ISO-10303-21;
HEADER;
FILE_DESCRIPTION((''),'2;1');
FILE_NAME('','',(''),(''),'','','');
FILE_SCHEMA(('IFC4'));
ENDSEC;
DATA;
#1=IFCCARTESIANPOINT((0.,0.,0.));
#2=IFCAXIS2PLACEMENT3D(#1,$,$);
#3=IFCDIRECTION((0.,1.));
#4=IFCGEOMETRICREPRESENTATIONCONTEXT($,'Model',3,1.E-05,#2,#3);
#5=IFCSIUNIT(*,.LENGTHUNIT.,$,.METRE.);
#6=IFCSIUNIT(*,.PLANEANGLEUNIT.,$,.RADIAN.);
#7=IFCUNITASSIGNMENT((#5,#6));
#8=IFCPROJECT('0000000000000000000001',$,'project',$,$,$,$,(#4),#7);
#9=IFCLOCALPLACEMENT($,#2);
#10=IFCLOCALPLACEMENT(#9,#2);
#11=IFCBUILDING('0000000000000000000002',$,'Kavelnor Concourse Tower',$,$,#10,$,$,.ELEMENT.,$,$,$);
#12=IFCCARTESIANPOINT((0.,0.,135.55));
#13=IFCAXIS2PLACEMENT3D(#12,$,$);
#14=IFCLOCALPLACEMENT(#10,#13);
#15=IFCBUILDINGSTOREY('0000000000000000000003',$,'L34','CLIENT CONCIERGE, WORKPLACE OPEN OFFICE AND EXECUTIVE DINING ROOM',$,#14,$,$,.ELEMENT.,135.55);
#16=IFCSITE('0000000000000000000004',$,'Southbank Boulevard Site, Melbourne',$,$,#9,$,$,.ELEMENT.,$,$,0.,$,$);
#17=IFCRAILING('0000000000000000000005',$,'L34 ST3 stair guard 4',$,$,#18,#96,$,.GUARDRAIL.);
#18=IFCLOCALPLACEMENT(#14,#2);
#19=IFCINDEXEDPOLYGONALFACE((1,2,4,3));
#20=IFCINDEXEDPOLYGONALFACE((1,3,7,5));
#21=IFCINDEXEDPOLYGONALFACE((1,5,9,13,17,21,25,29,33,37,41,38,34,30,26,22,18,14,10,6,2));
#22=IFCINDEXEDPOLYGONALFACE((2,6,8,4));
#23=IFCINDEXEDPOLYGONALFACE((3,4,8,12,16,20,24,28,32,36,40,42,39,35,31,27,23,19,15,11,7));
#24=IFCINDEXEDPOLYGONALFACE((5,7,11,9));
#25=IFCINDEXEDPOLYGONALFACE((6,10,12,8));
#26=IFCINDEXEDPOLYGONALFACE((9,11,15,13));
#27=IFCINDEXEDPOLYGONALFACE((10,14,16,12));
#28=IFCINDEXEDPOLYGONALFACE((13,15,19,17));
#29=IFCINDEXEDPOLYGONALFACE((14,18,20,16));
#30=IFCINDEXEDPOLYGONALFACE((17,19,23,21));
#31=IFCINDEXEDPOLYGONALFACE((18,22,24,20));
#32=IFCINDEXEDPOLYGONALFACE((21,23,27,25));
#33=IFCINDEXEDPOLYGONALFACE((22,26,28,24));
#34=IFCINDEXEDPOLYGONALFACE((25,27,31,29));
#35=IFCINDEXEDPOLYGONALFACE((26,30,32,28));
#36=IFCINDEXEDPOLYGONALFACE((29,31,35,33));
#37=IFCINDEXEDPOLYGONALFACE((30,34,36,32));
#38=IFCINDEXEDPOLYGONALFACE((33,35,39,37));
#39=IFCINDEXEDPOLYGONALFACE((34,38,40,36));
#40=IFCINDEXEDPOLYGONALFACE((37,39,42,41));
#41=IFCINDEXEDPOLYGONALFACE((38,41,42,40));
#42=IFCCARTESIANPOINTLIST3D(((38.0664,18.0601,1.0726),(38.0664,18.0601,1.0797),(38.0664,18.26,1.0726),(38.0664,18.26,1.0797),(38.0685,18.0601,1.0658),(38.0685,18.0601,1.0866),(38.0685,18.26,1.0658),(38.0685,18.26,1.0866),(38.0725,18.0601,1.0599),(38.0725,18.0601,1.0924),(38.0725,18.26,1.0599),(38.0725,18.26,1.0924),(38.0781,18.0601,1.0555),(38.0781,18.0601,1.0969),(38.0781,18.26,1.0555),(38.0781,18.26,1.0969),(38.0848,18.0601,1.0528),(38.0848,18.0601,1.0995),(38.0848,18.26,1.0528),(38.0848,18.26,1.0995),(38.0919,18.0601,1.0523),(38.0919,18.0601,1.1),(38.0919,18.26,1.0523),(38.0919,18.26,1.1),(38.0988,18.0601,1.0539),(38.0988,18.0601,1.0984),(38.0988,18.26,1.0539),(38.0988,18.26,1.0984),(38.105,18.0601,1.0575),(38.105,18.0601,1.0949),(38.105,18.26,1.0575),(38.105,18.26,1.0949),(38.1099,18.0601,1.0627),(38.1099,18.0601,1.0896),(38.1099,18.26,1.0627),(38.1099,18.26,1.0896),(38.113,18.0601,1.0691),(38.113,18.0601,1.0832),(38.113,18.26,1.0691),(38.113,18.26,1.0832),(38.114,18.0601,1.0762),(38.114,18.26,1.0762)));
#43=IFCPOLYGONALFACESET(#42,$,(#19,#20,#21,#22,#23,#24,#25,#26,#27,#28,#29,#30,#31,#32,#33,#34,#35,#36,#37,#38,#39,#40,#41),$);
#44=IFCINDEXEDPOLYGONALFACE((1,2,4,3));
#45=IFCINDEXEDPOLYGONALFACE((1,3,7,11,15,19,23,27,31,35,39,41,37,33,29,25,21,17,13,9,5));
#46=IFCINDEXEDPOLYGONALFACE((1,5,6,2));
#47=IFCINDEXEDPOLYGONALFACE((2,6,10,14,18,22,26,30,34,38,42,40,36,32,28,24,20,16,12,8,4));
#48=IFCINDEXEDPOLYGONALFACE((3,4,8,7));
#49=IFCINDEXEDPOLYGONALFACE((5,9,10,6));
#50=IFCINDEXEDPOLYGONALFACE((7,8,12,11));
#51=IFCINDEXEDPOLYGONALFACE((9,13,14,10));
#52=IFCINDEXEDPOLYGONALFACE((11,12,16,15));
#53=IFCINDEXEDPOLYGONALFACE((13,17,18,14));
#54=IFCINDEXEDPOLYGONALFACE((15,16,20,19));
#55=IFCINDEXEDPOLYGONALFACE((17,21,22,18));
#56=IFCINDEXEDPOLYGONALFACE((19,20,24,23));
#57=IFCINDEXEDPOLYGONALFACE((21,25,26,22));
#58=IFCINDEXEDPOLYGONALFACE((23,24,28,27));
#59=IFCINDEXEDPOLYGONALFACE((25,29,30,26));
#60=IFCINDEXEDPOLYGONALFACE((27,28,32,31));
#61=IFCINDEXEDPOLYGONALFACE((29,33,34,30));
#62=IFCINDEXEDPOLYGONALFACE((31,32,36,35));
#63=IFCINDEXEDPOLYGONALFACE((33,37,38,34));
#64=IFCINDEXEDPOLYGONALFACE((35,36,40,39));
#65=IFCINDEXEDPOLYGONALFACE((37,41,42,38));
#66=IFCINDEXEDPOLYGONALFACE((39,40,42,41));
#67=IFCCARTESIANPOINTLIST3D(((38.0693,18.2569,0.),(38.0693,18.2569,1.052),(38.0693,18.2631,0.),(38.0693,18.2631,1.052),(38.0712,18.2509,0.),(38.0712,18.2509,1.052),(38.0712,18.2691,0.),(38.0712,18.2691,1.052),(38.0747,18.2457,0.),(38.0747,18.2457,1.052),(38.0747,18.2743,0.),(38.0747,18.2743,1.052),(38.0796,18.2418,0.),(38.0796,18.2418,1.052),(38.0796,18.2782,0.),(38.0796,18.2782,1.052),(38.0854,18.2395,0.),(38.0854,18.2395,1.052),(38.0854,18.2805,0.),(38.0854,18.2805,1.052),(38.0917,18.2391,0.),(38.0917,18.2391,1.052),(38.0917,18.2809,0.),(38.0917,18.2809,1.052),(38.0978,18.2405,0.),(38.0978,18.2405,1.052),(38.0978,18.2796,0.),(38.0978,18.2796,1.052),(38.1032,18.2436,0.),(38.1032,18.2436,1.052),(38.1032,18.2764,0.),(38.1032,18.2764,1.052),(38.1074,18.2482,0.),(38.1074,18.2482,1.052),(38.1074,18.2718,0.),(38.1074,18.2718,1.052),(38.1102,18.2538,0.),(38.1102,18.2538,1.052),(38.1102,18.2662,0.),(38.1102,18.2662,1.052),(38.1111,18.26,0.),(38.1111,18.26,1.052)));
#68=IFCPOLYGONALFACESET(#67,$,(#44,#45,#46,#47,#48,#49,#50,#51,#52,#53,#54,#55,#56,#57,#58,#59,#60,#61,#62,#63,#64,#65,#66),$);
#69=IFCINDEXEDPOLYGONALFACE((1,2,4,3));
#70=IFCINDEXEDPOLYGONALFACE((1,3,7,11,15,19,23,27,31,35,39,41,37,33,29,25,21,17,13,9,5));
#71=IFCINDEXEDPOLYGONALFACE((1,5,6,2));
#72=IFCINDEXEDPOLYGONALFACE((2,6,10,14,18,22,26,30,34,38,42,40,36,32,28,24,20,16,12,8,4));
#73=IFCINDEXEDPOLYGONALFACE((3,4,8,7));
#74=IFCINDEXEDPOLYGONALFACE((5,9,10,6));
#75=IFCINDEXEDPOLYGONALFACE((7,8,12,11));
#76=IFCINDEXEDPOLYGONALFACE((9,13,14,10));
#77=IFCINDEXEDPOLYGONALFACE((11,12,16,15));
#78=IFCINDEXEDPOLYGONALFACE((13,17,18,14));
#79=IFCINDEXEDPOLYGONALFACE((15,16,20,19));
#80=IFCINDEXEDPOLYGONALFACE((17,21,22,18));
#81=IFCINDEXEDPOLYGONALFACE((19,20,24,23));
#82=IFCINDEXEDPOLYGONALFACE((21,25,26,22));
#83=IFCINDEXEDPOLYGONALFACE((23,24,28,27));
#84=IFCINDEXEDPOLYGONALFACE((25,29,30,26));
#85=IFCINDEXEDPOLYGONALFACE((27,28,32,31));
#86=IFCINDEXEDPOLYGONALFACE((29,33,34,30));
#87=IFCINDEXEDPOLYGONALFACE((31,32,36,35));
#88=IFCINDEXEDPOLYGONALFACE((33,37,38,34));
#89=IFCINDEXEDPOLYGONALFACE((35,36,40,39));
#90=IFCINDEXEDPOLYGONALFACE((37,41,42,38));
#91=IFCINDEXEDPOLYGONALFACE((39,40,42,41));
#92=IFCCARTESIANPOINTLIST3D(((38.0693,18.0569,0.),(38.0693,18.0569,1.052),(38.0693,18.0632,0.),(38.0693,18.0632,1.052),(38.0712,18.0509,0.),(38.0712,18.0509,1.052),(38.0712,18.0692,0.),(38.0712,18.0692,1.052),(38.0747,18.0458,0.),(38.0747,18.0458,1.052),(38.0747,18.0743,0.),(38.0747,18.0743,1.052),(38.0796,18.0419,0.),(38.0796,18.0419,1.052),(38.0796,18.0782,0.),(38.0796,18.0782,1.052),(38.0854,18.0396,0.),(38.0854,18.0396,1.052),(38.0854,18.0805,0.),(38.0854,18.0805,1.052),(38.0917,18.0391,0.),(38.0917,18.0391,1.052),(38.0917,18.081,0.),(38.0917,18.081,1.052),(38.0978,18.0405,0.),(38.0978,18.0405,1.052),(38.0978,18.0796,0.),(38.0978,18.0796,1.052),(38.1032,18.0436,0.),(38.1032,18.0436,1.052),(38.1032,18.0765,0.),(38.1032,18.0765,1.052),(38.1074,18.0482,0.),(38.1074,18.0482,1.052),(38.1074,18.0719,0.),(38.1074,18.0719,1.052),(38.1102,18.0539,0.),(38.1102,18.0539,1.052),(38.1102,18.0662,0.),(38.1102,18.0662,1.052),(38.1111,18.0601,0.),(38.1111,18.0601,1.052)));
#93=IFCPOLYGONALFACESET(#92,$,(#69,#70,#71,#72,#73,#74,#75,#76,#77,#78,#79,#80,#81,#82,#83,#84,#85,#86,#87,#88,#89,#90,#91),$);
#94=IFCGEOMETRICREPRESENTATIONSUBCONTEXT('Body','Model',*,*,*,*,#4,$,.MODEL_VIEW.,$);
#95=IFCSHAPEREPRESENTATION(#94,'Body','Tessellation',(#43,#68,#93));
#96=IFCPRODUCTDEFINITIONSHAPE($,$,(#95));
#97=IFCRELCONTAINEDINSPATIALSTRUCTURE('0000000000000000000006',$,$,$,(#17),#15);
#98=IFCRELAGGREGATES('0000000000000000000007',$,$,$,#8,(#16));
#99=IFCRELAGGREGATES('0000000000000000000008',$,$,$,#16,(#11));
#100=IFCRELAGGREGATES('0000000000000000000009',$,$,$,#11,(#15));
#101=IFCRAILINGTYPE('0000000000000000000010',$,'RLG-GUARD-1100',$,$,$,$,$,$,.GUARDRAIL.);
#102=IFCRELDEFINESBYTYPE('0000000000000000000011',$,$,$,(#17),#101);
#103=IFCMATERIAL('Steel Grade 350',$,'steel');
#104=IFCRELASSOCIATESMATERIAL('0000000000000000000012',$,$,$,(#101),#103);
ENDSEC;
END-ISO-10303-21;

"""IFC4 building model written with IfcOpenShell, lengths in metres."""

from ifc_helpers import new_model, si_unit, direction, frame, origin, origin_2d, place, context, subcontext, project, spatial, circle, extrude, material, type_object, element, save


model = new_model("IFC4")

# Units and contexts
model_context = context("Model", 3, precision=1e-05, world=origin(), true_north=direction((0.0, 1.0)))
body_context = subcontext(model_context, "Body", "Model", "MODEL_VIEW")
ifc_project = project(units=[si_unit("LENGTHUNIT", "METRE"), si_unit("PLANEANGLEUNIT", "RADIAN")], contexts=[model_context])

# Site, building, storey
site_placement = place(None, origin())
site = spatial("IfcSite", under=ifc_project, at=site_placement, Name="Southbank Boulevard Site, Melbourne", CompositionType="ELEMENT", RefElevation=0.0)
building_placement = place(site_placement, origin())
building = spatial("IfcBuilding", under=site, at=building_placement, Name="Kavelnor Concourse Tower", CompositionType="ELEMENT")
storey_placement = place(building_placement, frame((0.0, 0.0, 135.55)))
storey = spatial("IfcBuildingStorey", under=building, at=storey_placement, Name="L34", Description="CLIENT CONCIERGE, WORKPLACE OPEN OFFICE AND EXECUTIVE DINING ROOM", CompositionType="ELEMENT", Elevation=135.55)

# Shared definitions
ifc_material_1 = material(Name="Steel Grade 350", Category="steel")

# Railing
railing_type_1 = type_object("IfcRailingType", Name="RLG-GUARD-1100", PredefinedType="GUARDRAIL", material=ifc_material_1)
railing_1_placement = place(storey_placement, frame((38.0901, 18.26, 0.0)))
element("IfcRailing", 1, at=railing_1_placement, inside=storey, type_object=railing_type_1, Name="L34 ST3 stair guard 4", PredefinedType="GUARDRAIL", context=body_context, shape_type="SweptSolid", body=[
    extrude(circle(Radius=0.0239, at=origin_2d()), frame((0.0, 0.0, 1.0762), z_axis=(0.0, -1.0, 0.0), x_axis=(1.0, 0.0, 0.0)), (0.0, 0.0, 1.0), 0.2),
    extrude(circle(Radius=0.021, at=origin_2d()), origin(), (0.0, 0.0, 1.0), 1.052),
    extrude(circle(Radius=0.021, at=origin_2d()), frame((0.0, -0.2, 0.0)), (0.0, 0.0, 1.0), 1.052),
])

save(model, "model.ifc")
